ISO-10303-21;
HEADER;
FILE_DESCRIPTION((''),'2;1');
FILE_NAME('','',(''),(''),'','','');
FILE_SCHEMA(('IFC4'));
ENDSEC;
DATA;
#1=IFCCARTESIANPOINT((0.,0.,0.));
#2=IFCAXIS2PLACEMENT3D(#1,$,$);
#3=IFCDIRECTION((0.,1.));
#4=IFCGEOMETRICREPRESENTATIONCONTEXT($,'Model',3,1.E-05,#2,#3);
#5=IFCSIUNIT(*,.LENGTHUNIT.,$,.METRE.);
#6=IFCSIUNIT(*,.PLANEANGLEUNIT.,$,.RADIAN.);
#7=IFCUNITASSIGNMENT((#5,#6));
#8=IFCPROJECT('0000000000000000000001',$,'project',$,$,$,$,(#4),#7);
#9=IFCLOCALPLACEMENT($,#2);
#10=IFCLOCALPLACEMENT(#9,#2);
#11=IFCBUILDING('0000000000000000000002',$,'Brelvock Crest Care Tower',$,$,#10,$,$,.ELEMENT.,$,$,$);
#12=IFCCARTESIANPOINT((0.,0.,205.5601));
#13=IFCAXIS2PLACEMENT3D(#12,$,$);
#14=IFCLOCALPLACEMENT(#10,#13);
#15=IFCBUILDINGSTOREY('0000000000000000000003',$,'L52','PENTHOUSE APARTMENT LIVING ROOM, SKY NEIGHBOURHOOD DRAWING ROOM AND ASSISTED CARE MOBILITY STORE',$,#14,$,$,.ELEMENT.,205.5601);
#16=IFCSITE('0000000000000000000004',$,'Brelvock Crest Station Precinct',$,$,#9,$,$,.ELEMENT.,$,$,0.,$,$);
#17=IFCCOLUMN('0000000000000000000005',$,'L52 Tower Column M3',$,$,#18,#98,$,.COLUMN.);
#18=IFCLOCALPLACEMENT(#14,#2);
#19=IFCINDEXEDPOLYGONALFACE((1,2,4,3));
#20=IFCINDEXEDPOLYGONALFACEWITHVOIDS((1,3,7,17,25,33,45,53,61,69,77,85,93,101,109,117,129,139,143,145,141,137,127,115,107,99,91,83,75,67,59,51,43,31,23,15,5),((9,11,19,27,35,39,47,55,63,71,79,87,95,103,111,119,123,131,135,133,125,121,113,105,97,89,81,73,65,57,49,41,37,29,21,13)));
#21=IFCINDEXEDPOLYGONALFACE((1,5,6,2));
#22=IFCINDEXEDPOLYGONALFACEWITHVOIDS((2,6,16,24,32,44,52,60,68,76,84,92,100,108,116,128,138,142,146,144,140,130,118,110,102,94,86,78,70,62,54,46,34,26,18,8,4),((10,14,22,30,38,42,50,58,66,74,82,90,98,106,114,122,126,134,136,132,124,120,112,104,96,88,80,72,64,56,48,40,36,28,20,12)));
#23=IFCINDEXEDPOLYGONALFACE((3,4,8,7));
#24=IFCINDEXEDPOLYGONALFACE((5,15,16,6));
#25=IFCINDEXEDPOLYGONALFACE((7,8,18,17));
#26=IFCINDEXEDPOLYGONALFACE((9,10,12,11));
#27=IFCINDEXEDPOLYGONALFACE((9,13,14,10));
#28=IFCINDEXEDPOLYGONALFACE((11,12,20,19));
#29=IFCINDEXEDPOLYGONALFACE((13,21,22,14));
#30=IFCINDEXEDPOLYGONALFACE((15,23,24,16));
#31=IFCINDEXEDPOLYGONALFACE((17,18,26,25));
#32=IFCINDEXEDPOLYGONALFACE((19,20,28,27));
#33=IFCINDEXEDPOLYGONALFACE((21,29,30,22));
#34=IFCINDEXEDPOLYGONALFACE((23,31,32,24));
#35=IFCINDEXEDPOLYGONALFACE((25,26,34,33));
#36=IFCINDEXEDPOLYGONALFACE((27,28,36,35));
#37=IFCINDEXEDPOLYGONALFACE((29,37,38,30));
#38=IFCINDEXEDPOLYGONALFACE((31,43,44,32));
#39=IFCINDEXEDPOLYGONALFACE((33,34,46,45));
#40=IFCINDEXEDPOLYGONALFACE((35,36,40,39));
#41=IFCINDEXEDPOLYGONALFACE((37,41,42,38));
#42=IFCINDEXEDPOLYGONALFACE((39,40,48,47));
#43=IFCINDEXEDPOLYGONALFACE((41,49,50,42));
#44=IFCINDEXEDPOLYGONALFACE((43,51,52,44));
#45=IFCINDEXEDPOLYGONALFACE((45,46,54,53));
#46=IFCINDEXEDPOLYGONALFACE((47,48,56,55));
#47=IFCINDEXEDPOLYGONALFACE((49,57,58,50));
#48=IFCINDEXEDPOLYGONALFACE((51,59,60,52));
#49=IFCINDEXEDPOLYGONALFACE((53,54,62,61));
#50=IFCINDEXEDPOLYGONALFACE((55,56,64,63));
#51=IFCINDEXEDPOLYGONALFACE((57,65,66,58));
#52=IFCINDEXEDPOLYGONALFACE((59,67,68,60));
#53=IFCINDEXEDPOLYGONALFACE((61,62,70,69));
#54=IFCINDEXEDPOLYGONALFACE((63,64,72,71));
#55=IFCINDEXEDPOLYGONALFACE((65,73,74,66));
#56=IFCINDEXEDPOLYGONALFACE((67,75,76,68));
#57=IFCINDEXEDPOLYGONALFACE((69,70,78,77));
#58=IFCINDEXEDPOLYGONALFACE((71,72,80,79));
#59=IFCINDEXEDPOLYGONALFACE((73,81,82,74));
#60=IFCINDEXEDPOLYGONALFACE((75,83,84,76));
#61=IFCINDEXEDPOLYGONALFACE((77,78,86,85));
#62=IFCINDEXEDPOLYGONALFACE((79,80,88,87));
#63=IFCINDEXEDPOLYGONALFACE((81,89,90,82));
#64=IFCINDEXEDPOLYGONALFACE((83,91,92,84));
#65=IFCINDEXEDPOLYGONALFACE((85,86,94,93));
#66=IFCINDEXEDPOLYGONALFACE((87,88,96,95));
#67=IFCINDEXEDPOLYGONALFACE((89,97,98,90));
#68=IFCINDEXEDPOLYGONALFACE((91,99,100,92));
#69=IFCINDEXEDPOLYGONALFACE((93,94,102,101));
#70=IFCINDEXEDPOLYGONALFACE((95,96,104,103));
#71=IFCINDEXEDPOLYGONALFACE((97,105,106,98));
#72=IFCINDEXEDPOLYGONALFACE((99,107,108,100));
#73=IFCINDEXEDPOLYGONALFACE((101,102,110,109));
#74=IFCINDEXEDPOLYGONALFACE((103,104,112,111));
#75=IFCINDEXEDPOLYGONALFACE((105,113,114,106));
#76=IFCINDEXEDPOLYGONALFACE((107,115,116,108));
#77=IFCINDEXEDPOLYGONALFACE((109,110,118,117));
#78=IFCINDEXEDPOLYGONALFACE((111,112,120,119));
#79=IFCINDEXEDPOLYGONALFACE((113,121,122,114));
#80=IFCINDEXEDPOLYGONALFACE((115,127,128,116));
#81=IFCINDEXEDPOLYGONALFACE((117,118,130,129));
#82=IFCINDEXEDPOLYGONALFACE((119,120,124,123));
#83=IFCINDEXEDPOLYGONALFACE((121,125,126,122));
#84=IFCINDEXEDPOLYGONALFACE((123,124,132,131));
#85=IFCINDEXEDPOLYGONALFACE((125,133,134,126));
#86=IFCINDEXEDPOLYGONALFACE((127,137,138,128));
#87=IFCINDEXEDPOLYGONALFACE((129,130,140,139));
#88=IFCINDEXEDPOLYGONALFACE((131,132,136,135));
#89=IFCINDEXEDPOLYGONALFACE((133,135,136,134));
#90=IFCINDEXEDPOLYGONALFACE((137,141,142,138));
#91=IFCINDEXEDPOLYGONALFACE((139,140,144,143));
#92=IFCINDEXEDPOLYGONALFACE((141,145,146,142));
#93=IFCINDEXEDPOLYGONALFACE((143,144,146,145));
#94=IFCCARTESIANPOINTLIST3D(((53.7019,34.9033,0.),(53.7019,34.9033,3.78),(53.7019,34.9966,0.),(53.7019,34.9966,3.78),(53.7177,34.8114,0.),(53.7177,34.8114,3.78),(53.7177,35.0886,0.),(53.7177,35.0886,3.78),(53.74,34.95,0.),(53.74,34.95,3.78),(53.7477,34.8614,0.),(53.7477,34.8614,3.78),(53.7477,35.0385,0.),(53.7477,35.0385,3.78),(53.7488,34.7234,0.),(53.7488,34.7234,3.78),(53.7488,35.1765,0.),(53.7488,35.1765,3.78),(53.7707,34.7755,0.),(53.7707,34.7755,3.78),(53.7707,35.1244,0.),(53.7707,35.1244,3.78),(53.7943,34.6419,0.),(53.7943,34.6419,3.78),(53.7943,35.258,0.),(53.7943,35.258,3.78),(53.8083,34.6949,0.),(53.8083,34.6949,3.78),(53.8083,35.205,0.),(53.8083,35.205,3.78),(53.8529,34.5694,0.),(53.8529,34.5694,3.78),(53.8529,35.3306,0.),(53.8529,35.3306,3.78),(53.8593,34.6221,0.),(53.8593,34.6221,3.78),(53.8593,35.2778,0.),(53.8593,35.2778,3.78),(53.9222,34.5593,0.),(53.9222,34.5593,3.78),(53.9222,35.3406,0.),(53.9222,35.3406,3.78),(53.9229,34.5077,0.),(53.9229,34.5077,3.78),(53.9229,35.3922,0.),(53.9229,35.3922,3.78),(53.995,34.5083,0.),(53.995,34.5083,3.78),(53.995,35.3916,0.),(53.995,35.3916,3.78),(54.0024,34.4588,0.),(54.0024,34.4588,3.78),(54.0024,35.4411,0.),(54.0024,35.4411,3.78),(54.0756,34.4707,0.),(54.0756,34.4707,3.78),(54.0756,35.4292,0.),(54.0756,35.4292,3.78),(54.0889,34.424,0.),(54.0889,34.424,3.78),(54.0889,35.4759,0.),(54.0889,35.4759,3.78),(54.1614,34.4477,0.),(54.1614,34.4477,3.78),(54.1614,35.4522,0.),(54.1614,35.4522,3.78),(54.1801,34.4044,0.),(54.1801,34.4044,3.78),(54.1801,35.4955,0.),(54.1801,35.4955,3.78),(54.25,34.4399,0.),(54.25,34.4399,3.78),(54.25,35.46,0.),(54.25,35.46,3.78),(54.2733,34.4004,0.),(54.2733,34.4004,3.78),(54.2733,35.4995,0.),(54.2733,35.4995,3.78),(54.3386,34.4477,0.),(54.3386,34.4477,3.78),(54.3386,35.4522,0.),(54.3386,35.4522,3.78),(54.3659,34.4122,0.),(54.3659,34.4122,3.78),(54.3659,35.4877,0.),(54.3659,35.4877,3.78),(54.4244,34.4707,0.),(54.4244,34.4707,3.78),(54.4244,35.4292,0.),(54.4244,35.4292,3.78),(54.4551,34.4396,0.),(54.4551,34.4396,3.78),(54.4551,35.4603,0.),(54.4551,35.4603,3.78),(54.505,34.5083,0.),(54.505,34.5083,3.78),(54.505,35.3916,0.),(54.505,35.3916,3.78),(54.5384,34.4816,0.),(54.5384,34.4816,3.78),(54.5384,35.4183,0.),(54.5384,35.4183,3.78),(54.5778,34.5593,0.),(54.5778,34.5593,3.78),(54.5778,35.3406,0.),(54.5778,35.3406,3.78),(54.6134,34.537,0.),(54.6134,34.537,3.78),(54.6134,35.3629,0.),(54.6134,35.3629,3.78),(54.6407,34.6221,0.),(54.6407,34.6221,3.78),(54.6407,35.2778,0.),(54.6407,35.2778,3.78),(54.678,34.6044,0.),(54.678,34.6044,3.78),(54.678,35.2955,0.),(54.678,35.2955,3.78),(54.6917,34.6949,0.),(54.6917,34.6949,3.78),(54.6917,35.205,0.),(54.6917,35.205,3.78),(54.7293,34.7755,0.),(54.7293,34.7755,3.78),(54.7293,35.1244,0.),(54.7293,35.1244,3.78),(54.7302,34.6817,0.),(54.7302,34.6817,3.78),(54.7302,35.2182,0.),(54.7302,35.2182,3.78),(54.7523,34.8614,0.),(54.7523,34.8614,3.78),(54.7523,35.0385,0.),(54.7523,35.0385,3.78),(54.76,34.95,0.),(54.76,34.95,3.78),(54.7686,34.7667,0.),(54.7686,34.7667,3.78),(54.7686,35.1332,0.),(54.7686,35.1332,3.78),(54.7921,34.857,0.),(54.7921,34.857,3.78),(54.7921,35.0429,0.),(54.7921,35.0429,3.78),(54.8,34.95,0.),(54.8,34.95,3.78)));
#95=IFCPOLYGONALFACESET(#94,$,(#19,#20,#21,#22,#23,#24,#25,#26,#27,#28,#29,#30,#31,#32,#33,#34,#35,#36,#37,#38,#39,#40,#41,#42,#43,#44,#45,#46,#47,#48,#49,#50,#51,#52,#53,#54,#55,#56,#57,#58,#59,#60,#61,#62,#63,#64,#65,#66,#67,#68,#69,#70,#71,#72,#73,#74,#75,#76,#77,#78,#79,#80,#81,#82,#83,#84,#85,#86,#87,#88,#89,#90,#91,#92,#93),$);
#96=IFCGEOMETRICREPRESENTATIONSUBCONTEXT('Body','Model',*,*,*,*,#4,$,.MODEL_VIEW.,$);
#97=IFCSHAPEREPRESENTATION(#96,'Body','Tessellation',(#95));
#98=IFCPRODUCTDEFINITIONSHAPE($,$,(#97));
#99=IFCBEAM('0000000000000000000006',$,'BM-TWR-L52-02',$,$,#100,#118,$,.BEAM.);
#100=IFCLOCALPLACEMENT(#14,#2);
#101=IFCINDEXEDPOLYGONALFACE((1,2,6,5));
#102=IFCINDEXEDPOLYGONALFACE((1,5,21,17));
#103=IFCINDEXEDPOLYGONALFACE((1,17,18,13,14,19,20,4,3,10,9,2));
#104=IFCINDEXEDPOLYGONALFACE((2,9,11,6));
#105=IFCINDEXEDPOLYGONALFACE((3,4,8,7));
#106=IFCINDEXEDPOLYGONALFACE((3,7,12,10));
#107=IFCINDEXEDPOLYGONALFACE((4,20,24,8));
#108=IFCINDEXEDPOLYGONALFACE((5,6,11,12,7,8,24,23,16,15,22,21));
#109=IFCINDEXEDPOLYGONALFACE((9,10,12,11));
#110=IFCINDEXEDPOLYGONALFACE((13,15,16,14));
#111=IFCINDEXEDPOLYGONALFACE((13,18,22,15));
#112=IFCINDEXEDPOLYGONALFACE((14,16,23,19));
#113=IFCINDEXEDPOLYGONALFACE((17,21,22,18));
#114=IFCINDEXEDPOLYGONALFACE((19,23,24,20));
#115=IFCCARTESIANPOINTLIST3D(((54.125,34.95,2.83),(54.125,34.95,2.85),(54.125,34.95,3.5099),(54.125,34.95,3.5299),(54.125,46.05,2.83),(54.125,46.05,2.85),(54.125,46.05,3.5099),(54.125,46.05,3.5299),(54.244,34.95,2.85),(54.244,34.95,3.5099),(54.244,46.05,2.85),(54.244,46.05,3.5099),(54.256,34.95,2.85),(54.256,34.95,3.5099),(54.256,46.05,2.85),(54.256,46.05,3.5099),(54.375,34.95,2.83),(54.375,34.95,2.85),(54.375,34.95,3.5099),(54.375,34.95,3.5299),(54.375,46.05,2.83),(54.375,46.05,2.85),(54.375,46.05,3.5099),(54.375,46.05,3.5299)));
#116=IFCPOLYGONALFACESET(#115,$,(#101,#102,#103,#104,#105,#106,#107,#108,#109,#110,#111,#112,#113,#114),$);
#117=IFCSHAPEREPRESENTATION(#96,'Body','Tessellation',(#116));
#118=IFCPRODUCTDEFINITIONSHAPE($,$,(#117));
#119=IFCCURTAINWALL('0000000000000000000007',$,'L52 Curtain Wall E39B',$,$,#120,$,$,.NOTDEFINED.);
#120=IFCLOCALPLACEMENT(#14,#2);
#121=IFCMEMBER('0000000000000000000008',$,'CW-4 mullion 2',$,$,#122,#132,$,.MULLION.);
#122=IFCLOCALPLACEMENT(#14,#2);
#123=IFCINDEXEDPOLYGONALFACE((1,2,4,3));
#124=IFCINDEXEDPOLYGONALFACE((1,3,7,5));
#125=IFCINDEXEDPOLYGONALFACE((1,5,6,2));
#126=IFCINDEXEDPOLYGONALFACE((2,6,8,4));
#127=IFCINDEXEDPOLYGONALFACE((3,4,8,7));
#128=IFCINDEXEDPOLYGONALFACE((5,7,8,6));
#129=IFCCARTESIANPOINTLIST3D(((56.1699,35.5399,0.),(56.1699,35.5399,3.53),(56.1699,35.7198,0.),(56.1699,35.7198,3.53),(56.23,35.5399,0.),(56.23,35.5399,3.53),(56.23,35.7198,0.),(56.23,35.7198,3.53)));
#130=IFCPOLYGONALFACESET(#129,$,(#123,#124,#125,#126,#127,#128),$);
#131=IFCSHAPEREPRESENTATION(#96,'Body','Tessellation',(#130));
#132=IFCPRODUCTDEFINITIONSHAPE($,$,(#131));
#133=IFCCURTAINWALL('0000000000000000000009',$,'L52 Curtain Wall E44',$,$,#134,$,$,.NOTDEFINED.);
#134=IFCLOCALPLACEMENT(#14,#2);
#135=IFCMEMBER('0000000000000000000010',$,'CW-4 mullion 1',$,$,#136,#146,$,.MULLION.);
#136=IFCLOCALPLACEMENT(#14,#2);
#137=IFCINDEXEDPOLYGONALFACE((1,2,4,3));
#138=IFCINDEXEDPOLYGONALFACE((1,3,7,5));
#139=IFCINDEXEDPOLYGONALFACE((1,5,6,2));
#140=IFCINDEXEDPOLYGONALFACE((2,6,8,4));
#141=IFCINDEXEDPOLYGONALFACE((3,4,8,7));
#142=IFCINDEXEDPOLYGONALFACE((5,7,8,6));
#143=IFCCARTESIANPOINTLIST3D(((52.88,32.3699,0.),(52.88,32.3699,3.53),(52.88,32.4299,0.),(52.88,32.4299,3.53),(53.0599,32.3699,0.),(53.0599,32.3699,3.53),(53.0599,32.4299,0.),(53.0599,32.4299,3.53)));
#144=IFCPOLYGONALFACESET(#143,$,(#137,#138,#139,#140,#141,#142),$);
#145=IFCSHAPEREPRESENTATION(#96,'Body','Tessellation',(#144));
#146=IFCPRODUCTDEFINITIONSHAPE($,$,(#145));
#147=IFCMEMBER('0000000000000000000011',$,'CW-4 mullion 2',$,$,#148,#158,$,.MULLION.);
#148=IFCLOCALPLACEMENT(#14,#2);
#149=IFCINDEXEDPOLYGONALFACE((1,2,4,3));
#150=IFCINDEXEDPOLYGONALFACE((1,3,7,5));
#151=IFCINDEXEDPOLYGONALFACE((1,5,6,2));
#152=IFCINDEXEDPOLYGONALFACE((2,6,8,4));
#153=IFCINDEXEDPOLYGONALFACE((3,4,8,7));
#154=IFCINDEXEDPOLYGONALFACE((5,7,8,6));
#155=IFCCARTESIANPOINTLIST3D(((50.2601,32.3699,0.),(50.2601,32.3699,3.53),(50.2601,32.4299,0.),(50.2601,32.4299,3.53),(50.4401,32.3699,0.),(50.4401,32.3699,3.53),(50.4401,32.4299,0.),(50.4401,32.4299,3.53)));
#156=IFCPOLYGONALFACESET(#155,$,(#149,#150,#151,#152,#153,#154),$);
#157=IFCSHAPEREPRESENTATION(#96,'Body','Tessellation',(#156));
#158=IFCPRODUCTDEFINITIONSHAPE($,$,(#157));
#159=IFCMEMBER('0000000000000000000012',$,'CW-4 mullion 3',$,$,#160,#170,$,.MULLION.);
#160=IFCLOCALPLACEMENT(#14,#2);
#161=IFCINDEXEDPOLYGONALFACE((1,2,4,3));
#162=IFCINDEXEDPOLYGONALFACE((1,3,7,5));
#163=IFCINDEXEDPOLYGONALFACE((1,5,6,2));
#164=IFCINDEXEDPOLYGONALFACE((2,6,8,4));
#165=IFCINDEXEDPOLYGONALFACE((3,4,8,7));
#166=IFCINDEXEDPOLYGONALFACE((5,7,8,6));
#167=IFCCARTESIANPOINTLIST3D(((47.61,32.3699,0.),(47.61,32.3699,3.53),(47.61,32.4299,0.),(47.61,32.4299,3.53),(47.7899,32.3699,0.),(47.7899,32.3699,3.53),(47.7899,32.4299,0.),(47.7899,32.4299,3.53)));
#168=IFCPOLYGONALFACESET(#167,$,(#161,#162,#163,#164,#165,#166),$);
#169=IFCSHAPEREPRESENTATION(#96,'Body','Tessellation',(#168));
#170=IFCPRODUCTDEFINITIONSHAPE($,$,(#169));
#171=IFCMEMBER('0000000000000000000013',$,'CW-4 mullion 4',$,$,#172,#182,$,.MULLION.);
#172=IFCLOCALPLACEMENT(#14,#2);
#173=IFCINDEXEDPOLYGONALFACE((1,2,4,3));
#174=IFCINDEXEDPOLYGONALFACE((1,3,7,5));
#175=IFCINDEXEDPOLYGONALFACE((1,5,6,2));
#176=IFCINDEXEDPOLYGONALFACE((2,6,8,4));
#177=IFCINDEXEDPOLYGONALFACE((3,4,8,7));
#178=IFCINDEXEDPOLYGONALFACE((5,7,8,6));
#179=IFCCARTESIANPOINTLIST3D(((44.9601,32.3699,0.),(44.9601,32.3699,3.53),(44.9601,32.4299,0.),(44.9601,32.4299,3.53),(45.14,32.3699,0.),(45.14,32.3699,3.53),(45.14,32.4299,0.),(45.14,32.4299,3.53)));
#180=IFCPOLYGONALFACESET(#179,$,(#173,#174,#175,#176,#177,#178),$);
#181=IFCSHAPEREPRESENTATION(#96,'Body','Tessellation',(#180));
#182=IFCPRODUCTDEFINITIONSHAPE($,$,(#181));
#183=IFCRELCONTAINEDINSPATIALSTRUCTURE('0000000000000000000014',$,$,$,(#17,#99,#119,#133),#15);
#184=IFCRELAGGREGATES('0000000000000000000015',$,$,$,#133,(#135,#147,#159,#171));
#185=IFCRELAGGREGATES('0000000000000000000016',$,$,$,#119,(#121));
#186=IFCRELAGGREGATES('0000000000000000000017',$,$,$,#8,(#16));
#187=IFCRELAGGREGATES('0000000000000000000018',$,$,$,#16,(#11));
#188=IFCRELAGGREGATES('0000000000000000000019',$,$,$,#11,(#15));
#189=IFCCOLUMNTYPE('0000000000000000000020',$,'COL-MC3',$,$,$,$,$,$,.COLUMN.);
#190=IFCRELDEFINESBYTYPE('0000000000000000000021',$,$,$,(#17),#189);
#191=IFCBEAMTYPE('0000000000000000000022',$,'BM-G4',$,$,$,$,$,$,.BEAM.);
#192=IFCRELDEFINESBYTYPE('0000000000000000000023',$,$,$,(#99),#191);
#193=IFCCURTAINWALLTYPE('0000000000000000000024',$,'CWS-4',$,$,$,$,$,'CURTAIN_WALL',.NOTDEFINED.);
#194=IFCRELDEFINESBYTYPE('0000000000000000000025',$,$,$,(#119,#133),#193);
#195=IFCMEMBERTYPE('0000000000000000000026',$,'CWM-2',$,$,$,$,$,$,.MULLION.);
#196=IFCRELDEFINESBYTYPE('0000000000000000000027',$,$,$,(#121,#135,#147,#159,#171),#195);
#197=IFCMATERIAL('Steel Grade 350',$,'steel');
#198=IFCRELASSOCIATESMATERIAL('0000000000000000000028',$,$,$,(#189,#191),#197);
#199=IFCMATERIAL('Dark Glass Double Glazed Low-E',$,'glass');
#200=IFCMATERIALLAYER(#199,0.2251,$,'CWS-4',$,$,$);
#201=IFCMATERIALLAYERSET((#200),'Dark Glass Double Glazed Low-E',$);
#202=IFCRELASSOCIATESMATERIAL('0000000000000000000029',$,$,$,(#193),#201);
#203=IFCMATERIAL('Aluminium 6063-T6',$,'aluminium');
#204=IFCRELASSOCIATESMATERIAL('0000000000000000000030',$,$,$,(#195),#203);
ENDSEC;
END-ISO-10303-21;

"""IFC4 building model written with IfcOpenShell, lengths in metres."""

from ifc_helpers import new_model, si_unit, direction, frame, origin, origin_2d, place, context, subcontext, project, spatial, rectangle, hollow_circle, i_section, extrude, source, transform, mapped, material, layer, layer_set, material_profile, profile_set, type_object, element, aggregate, save


model = new_model("IFC4")

# Units and contexts
model_context = context("Model", 3, precision=1e-05, world=origin(), true_north=direction((0.0, 1.0)))
body_context = subcontext(model_context, "Body", "Model", "MODEL_VIEW")
ifc_project = project(units=[si_unit("LENGTHUNIT", "METRE"), si_unit("PLANEANGLEUNIT", "RADIAN")], contexts=[model_context])

# Site, building, storey
site_placement = place(None, origin())
site = spatial("IfcSite", under=ifc_project, at=site_placement, Name="Brelvock Crest Station Precinct", CompositionType="ELEMENT", RefElevation=0.0)
building_placement = place(site_placement, origin())
building = spatial("IfcBuilding", under=site, at=building_placement, Name="Brelvock Crest Care Tower", CompositionType="ELEMENT")
storey_placement = place(building_placement, frame((0.0, 0.0, 205.5601)))
storey = spatial("IfcBuildingStorey", under=building, at=storey_placement, Name="L52", Description="PENTHOUSE APARTMENT LIVING ROOM, SKY NEIGHBOURHOOD DRAWING ROOM AND ASSISTED CARE MOBILITY STORE", CompositionType="ELEMENT", Elevation=205.5601)

# Column
ifc_material_1 = material(Name="Steel Grade 350", Category="steel")
ifc_material_profile_1 = material_profile(ifc_material_1, hollow_circle(Radius=0.55, WallThickness=0.04, at=origin_2d()), Name="CFT1100x40")
ifc_profile_set_1 = profile_set([ifc_material_profile_1], Name="Steel Grade 350")
column_type = type_object("IfcColumnType", Name="COL-MC3", PredefinedType="COLUMN", material=ifc_profile_set_1)
shared_shape_1 = source(origin(), body_context, "Body", "SweptSolid", [
    extrude(hollow_circle(Radius=0.55, WallThickness=0.04, at=origin_2d()), origin(), (0.0, 0.0, 1.0), 3.78),
])
column_placement = place(storey_placement, frame((54.25, 34.95, 0.0), z_axis=(0.0, 0.0, 1.0), x_axis=(1.0, 0.0, 0.0)))
element("IfcColumn", 1, at=column_placement, inside=storey, type_object=column_type, Name="L52 Tower Column M3", PredefinedType="COLUMN", context=body_context, shape_type="MappedRepresentation", body=[
    mapped(shared_shape_1, transform((0.0, 0.0, 0.0), x_axis=(1.0, 0.0, 0.0), y_axis=(0.0, 1.0, 0.0), z_axis=(0.0, 0.0, 1.0), scale=1.0)),
])

# Beam
ifc_material_profile_2 = material_profile(ifc_material_1, i_section(OverallWidth=0.25, OverallDepth=0.7, WebThickness=0.012, FlangeThickness=0.02, at=origin_2d()), Name="700WB150")
ifc_profile_set_2 = profile_set([ifc_material_profile_2], Name="Steel Grade 350")
beam_type = type_object("IfcBeamType", Name="BM-G4", PredefinedType="BEAM", material=ifc_profile_set_2)
shared_shape_2 = source(origin(), body_context, "Body", "SweptSolid", [
    extrude(i_section(OverallWidth=0.25, OverallDepth=0.7, WebThickness=0.012, FlangeThickness=0.02, at=origin_2d()), origin(), (0.0, 0.0, 1.0), 11.1001),
])
beam_placement = place(storey_placement, frame((54.25, 34.95, 3.1799), z_axis=(0.0, 1.0, 0.0), x_axis=(-1.0, 0.0, 0.0)))
element("IfcBeam", 2, at=beam_placement, inside=storey, type_object=beam_type, Name="BM-TWR-L52-02", PredefinedType="BEAM", context=body_context, shape_type="MappedRepresentation", body=[
    mapped(shared_shape_2, transform((0.0, 0.0, 0.0), x_axis=(1.0, 0.0, 0.0), y_axis=(0.0, 1.0, 0.0), z_axis=(0.0, 0.0, 1.0), scale=1.0)),
])

# Curtain wall, member
ifc_material_2 = material(Name="Dark Glass Double Glazed Low-E", Category="glass")
ifc_layer_1 = layer(ifc_material_2, 0.2251, Name="CWS-4")
ifc_layer_set_1 = layer_set([ifc_layer_1], Name="Dark Glass Double Glazed Low-E")
curtain_wall_type = type_object("IfcCurtainWallType", Name="CWS-4", ElementType="CURTAIN_WALL", PredefinedType="NOTDEFINED", material=ifc_layer_set_1)
curtain_wall_1_placement = place(storey_placement, origin())
curtain_wall_1 = element("IfcCurtainWall", 3, at=curtain_wall_1_placement, inside=storey, type_object=curtain_wall_type, Name="L52 Curtain Wall E39B", PredefinedType="NOTDEFINED")
ifc_material_3 = material(Name="Aluminium 6063-T6", Category="aluminium")
ifc_material_profile_3 = material_profile(ifc_material_3, rectangle(XDim=0.0601, YDim=0.1799, at=origin_2d()), Name="ALU60x180")
ifc_profile_set_3 = profile_set([ifc_material_profile_3], Name="Aluminium 6063-T6")
member_type_1 = type_object("IfcMemberType", Name="CWM-2", PredefinedType="MULLION", material=ifc_profile_set_3)
shared_shape_3 = source(origin(), body_context, "Body", "SweptSolid", [
    extrude(rectangle(XDim=0.0601, YDim=0.1799, at=origin_2d()), origin(), (0.0, 0.0, 1.0), 3.53),
])
member_1_placement = place(storey_placement, frame((56.2, 35.6299, 0.0), z_axis=(0.0, 0.0, 1.0), x_axis=(1.0, 0.0, 0.0)))
member_1 = element("IfcMember", 4, at=member_1_placement, type_object=member_type_1, Name="CW-4 mullion 2", PredefinedType="MULLION", context=body_context, shape_type="MappedRepresentation", body=[
    mapped(shared_shape_3, transform((0.0, 0.0, 0.0), x_axis=(1.0, 0.0, 0.0), y_axis=(0.0, 1.0, 0.0), z_axis=(0.0, 0.0, 1.0), scale=1.0)),
])

# Curtain wall, members
curtain_wall_2_placement = place(storey_placement, origin())
curtain_wall_2 = element("IfcCurtainWall", 5, at=curtain_wall_2_placement, inside=storey, type_object=curtain_wall_type, Name="L52 Curtain Wall E44", PredefinedType="NOTDEFINED")
member_2_placement = place(storey_placement, frame((52.97, 32.3999, 0.0), z_axis=(0.0, 0.0, 1.0), x_axis=(0.0, -1.0, 0.0)))
member_2 = element("IfcMember", 6, at=member_2_placement, type_object=member_type_1, Name="CW-4 mullion 1", PredefinedType="MULLION", context=body_context, shape_type="MappedRepresentation", body=[
    mapped(shared_shape_3, transform((0.0, 0.0, 0.0), x_axis=(1.0, 0.0, 0.0), y_axis=(0.0, 1.0, 0.0), z_axis=(0.0, 0.0, 1.0), scale=1.0)),
])
member_3_placement = place(storey_placement, frame((50.3501, 32.3999, 0.0), z_axis=(0.0, 0.0, 1.0), x_axis=(0.0, -1.0, 0.0)))
member_3 = element("IfcMember", 7, at=member_3_placement, type_object=member_type_1, Name="CW-4 mullion 2", PredefinedType="MULLION", context=body_context, shape_type="MappedRepresentation", body=[
    mapped(shared_shape_3, transform((0.0, 0.0, 0.0), x_axis=(1.0, 0.0, 0.0), y_axis=(0.0, 1.0, 0.0), z_axis=(0.0, 0.0, 1.0), scale=1.0)),
])
member_4_placement = place(storey_placement, frame((47.7, 32.3999, 0.0), z_axis=(0.0, 0.0, 1.0), x_axis=(0.0, -1.0, 0.0)))
member_4 = element("IfcMember", 8, at=member_4_placement, type_object=member_type_1, Name="CW-4 mullion 3", PredefinedType="MULLION", context=body_context, shape_type="MappedRepresentation", body=[
    mapped(shared_shape_3, transform((0.0, 0.0, 0.0), x_axis=(1.0, 0.0, 0.0), y_axis=(0.0, 1.0, 0.0), z_axis=(0.0, 0.0, 1.0), scale=1.0)),
])
member_5_placement = place(storey_placement, frame((45.05, 32.3999, 0.0), z_axis=(0.0, 0.0, 1.0), x_axis=(0.0, -1.0, 0.0)))
member_5 = element("IfcMember", 9, at=member_5_placement, type_object=member_type_1, Name="CW-4 mullion 4", PredefinedType="MULLION", context=body_context, shape_type="MappedRepresentation", body=[
    mapped(shared_shape_3, transform((0.0, 0.0, 0.0), x_axis=(1.0, 0.0, 0.0), y_axis=(0.0, 1.0, 0.0), z_axis=(0.0, 0.0, 1.0), scale=1.0)),
])
aggregate(curtain_wall_2, [member_2, member_3, member_4, member_5])

aggregate(curtain_wall_1, [member_1])

save(model, "model.ifc")
